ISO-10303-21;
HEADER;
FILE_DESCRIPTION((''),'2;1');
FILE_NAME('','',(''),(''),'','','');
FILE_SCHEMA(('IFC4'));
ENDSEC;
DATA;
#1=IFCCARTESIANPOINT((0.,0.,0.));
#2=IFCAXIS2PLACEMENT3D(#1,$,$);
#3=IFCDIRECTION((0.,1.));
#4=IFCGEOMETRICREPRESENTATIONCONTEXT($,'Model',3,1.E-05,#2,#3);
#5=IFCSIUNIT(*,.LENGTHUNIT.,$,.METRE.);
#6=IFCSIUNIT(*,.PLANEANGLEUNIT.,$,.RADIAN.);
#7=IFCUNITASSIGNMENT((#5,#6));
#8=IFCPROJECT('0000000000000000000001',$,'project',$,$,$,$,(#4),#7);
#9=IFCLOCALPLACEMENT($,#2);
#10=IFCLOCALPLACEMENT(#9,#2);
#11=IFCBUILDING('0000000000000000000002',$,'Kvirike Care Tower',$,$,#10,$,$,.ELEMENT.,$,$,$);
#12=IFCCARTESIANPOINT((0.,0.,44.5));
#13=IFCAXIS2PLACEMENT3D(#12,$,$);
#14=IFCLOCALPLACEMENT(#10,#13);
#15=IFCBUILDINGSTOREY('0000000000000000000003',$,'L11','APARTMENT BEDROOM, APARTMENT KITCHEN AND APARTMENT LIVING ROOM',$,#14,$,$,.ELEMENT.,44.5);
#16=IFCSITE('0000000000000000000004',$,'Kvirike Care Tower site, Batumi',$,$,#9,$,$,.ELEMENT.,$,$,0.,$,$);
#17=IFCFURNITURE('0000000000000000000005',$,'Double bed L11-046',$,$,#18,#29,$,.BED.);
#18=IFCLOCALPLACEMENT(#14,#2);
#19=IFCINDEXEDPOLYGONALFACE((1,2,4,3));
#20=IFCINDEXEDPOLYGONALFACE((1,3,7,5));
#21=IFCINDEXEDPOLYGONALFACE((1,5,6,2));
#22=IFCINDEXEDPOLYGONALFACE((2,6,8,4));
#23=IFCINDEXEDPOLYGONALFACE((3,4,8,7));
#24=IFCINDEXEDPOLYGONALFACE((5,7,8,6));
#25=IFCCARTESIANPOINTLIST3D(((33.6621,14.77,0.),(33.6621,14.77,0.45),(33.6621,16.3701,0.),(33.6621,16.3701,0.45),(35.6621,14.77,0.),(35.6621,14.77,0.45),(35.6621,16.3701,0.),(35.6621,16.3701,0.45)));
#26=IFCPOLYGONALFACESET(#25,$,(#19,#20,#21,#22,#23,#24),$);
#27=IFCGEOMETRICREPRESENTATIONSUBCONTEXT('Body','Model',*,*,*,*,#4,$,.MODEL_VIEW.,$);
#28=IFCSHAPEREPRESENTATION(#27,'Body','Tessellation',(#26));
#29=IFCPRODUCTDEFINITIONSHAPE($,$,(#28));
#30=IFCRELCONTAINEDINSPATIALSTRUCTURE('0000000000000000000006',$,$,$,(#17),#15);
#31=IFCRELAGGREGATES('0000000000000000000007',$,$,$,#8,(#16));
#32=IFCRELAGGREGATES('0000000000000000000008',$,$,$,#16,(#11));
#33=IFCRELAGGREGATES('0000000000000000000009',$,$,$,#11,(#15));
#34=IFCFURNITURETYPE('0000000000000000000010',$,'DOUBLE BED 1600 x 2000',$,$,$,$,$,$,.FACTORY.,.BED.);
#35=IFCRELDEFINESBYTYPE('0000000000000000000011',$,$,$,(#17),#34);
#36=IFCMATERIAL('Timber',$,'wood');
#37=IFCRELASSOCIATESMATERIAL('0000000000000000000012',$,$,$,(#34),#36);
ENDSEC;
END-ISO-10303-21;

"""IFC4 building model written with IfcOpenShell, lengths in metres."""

from ifc_helpers import new_model, si_unit, direction, frame, origin, origin_2d, place, context, subcontext, project, spatial, rectangle, extrude, material, type_object, element, save


model = new_model("IFC4")

# Units and contexts
model_context = context("Model", 3, precision=1e-05, world=origin(), true_north=direction((0.0, 1.0)))
body_context = subcontext(model_context, "Body", "Model", "MODEL_VIEW")
ifc_project = project(units=[si_unit("LENGTHUNIT", "METRE"), si_unit("PLANEANGLEUNIT", "RADIAN")], contexts=[model_context])

# Site, building, storey
site_placement = place(None, origin())
site = spatial("IfcSite", under=ifc_project, at=site_placement, Name="Kvirike Care Tower site, Batumi", CompositionType="ELEMENT", RefElevation=0.0)
building_placement = place(site_placement, origin())
building = spatial("IfcBuilding", under=site, at=building_placement, Name="Kvirike Care Tower", CompositionType="ELEMENT")
storey_placement = place(building_placement, frame((0.0, 0.0, 44.5)))
storey = spatial("IfcBuildingStorey", under=building, at=storey_placement, Name="L11", Description="APARTMENT BEDROOM, APARTMENT KITCHEN AND APARTMENT LIVING ROOM", CompositionType="ELEMENT", Elevation=44.5)

# Furniture
ifc_material_1 = material(Name="Timber", Category="wood")
furniture_type = type_object("IfcFurnitureType", Name="DOUBLE BED 1600 x 2000", AssemblyPlace="FACTORY", PredefinedType="BED", material=ifc_material_1)
furniture_placement = place(storey_placement, frame((34.6621, 15.5701, 0.0), z_axis=(0.0, 0.0, 1.0), x_axis=(0.0, 1.0, 0.0)))
element("IfcFurniture", 1, at=furniture_placement, inside=storey, type_object=furniture_type, Name="Double bed L11-046", PredefinedType="BED", context=body_context, shape_type="SweptSolid", body=[
    extrude(rectangle(XDim=1.6001, YDim=2.0, at=origin_2d()), origin(), (0.0, 0.0, 1.0), 0.45),
])

save(model, "model.ifc")
